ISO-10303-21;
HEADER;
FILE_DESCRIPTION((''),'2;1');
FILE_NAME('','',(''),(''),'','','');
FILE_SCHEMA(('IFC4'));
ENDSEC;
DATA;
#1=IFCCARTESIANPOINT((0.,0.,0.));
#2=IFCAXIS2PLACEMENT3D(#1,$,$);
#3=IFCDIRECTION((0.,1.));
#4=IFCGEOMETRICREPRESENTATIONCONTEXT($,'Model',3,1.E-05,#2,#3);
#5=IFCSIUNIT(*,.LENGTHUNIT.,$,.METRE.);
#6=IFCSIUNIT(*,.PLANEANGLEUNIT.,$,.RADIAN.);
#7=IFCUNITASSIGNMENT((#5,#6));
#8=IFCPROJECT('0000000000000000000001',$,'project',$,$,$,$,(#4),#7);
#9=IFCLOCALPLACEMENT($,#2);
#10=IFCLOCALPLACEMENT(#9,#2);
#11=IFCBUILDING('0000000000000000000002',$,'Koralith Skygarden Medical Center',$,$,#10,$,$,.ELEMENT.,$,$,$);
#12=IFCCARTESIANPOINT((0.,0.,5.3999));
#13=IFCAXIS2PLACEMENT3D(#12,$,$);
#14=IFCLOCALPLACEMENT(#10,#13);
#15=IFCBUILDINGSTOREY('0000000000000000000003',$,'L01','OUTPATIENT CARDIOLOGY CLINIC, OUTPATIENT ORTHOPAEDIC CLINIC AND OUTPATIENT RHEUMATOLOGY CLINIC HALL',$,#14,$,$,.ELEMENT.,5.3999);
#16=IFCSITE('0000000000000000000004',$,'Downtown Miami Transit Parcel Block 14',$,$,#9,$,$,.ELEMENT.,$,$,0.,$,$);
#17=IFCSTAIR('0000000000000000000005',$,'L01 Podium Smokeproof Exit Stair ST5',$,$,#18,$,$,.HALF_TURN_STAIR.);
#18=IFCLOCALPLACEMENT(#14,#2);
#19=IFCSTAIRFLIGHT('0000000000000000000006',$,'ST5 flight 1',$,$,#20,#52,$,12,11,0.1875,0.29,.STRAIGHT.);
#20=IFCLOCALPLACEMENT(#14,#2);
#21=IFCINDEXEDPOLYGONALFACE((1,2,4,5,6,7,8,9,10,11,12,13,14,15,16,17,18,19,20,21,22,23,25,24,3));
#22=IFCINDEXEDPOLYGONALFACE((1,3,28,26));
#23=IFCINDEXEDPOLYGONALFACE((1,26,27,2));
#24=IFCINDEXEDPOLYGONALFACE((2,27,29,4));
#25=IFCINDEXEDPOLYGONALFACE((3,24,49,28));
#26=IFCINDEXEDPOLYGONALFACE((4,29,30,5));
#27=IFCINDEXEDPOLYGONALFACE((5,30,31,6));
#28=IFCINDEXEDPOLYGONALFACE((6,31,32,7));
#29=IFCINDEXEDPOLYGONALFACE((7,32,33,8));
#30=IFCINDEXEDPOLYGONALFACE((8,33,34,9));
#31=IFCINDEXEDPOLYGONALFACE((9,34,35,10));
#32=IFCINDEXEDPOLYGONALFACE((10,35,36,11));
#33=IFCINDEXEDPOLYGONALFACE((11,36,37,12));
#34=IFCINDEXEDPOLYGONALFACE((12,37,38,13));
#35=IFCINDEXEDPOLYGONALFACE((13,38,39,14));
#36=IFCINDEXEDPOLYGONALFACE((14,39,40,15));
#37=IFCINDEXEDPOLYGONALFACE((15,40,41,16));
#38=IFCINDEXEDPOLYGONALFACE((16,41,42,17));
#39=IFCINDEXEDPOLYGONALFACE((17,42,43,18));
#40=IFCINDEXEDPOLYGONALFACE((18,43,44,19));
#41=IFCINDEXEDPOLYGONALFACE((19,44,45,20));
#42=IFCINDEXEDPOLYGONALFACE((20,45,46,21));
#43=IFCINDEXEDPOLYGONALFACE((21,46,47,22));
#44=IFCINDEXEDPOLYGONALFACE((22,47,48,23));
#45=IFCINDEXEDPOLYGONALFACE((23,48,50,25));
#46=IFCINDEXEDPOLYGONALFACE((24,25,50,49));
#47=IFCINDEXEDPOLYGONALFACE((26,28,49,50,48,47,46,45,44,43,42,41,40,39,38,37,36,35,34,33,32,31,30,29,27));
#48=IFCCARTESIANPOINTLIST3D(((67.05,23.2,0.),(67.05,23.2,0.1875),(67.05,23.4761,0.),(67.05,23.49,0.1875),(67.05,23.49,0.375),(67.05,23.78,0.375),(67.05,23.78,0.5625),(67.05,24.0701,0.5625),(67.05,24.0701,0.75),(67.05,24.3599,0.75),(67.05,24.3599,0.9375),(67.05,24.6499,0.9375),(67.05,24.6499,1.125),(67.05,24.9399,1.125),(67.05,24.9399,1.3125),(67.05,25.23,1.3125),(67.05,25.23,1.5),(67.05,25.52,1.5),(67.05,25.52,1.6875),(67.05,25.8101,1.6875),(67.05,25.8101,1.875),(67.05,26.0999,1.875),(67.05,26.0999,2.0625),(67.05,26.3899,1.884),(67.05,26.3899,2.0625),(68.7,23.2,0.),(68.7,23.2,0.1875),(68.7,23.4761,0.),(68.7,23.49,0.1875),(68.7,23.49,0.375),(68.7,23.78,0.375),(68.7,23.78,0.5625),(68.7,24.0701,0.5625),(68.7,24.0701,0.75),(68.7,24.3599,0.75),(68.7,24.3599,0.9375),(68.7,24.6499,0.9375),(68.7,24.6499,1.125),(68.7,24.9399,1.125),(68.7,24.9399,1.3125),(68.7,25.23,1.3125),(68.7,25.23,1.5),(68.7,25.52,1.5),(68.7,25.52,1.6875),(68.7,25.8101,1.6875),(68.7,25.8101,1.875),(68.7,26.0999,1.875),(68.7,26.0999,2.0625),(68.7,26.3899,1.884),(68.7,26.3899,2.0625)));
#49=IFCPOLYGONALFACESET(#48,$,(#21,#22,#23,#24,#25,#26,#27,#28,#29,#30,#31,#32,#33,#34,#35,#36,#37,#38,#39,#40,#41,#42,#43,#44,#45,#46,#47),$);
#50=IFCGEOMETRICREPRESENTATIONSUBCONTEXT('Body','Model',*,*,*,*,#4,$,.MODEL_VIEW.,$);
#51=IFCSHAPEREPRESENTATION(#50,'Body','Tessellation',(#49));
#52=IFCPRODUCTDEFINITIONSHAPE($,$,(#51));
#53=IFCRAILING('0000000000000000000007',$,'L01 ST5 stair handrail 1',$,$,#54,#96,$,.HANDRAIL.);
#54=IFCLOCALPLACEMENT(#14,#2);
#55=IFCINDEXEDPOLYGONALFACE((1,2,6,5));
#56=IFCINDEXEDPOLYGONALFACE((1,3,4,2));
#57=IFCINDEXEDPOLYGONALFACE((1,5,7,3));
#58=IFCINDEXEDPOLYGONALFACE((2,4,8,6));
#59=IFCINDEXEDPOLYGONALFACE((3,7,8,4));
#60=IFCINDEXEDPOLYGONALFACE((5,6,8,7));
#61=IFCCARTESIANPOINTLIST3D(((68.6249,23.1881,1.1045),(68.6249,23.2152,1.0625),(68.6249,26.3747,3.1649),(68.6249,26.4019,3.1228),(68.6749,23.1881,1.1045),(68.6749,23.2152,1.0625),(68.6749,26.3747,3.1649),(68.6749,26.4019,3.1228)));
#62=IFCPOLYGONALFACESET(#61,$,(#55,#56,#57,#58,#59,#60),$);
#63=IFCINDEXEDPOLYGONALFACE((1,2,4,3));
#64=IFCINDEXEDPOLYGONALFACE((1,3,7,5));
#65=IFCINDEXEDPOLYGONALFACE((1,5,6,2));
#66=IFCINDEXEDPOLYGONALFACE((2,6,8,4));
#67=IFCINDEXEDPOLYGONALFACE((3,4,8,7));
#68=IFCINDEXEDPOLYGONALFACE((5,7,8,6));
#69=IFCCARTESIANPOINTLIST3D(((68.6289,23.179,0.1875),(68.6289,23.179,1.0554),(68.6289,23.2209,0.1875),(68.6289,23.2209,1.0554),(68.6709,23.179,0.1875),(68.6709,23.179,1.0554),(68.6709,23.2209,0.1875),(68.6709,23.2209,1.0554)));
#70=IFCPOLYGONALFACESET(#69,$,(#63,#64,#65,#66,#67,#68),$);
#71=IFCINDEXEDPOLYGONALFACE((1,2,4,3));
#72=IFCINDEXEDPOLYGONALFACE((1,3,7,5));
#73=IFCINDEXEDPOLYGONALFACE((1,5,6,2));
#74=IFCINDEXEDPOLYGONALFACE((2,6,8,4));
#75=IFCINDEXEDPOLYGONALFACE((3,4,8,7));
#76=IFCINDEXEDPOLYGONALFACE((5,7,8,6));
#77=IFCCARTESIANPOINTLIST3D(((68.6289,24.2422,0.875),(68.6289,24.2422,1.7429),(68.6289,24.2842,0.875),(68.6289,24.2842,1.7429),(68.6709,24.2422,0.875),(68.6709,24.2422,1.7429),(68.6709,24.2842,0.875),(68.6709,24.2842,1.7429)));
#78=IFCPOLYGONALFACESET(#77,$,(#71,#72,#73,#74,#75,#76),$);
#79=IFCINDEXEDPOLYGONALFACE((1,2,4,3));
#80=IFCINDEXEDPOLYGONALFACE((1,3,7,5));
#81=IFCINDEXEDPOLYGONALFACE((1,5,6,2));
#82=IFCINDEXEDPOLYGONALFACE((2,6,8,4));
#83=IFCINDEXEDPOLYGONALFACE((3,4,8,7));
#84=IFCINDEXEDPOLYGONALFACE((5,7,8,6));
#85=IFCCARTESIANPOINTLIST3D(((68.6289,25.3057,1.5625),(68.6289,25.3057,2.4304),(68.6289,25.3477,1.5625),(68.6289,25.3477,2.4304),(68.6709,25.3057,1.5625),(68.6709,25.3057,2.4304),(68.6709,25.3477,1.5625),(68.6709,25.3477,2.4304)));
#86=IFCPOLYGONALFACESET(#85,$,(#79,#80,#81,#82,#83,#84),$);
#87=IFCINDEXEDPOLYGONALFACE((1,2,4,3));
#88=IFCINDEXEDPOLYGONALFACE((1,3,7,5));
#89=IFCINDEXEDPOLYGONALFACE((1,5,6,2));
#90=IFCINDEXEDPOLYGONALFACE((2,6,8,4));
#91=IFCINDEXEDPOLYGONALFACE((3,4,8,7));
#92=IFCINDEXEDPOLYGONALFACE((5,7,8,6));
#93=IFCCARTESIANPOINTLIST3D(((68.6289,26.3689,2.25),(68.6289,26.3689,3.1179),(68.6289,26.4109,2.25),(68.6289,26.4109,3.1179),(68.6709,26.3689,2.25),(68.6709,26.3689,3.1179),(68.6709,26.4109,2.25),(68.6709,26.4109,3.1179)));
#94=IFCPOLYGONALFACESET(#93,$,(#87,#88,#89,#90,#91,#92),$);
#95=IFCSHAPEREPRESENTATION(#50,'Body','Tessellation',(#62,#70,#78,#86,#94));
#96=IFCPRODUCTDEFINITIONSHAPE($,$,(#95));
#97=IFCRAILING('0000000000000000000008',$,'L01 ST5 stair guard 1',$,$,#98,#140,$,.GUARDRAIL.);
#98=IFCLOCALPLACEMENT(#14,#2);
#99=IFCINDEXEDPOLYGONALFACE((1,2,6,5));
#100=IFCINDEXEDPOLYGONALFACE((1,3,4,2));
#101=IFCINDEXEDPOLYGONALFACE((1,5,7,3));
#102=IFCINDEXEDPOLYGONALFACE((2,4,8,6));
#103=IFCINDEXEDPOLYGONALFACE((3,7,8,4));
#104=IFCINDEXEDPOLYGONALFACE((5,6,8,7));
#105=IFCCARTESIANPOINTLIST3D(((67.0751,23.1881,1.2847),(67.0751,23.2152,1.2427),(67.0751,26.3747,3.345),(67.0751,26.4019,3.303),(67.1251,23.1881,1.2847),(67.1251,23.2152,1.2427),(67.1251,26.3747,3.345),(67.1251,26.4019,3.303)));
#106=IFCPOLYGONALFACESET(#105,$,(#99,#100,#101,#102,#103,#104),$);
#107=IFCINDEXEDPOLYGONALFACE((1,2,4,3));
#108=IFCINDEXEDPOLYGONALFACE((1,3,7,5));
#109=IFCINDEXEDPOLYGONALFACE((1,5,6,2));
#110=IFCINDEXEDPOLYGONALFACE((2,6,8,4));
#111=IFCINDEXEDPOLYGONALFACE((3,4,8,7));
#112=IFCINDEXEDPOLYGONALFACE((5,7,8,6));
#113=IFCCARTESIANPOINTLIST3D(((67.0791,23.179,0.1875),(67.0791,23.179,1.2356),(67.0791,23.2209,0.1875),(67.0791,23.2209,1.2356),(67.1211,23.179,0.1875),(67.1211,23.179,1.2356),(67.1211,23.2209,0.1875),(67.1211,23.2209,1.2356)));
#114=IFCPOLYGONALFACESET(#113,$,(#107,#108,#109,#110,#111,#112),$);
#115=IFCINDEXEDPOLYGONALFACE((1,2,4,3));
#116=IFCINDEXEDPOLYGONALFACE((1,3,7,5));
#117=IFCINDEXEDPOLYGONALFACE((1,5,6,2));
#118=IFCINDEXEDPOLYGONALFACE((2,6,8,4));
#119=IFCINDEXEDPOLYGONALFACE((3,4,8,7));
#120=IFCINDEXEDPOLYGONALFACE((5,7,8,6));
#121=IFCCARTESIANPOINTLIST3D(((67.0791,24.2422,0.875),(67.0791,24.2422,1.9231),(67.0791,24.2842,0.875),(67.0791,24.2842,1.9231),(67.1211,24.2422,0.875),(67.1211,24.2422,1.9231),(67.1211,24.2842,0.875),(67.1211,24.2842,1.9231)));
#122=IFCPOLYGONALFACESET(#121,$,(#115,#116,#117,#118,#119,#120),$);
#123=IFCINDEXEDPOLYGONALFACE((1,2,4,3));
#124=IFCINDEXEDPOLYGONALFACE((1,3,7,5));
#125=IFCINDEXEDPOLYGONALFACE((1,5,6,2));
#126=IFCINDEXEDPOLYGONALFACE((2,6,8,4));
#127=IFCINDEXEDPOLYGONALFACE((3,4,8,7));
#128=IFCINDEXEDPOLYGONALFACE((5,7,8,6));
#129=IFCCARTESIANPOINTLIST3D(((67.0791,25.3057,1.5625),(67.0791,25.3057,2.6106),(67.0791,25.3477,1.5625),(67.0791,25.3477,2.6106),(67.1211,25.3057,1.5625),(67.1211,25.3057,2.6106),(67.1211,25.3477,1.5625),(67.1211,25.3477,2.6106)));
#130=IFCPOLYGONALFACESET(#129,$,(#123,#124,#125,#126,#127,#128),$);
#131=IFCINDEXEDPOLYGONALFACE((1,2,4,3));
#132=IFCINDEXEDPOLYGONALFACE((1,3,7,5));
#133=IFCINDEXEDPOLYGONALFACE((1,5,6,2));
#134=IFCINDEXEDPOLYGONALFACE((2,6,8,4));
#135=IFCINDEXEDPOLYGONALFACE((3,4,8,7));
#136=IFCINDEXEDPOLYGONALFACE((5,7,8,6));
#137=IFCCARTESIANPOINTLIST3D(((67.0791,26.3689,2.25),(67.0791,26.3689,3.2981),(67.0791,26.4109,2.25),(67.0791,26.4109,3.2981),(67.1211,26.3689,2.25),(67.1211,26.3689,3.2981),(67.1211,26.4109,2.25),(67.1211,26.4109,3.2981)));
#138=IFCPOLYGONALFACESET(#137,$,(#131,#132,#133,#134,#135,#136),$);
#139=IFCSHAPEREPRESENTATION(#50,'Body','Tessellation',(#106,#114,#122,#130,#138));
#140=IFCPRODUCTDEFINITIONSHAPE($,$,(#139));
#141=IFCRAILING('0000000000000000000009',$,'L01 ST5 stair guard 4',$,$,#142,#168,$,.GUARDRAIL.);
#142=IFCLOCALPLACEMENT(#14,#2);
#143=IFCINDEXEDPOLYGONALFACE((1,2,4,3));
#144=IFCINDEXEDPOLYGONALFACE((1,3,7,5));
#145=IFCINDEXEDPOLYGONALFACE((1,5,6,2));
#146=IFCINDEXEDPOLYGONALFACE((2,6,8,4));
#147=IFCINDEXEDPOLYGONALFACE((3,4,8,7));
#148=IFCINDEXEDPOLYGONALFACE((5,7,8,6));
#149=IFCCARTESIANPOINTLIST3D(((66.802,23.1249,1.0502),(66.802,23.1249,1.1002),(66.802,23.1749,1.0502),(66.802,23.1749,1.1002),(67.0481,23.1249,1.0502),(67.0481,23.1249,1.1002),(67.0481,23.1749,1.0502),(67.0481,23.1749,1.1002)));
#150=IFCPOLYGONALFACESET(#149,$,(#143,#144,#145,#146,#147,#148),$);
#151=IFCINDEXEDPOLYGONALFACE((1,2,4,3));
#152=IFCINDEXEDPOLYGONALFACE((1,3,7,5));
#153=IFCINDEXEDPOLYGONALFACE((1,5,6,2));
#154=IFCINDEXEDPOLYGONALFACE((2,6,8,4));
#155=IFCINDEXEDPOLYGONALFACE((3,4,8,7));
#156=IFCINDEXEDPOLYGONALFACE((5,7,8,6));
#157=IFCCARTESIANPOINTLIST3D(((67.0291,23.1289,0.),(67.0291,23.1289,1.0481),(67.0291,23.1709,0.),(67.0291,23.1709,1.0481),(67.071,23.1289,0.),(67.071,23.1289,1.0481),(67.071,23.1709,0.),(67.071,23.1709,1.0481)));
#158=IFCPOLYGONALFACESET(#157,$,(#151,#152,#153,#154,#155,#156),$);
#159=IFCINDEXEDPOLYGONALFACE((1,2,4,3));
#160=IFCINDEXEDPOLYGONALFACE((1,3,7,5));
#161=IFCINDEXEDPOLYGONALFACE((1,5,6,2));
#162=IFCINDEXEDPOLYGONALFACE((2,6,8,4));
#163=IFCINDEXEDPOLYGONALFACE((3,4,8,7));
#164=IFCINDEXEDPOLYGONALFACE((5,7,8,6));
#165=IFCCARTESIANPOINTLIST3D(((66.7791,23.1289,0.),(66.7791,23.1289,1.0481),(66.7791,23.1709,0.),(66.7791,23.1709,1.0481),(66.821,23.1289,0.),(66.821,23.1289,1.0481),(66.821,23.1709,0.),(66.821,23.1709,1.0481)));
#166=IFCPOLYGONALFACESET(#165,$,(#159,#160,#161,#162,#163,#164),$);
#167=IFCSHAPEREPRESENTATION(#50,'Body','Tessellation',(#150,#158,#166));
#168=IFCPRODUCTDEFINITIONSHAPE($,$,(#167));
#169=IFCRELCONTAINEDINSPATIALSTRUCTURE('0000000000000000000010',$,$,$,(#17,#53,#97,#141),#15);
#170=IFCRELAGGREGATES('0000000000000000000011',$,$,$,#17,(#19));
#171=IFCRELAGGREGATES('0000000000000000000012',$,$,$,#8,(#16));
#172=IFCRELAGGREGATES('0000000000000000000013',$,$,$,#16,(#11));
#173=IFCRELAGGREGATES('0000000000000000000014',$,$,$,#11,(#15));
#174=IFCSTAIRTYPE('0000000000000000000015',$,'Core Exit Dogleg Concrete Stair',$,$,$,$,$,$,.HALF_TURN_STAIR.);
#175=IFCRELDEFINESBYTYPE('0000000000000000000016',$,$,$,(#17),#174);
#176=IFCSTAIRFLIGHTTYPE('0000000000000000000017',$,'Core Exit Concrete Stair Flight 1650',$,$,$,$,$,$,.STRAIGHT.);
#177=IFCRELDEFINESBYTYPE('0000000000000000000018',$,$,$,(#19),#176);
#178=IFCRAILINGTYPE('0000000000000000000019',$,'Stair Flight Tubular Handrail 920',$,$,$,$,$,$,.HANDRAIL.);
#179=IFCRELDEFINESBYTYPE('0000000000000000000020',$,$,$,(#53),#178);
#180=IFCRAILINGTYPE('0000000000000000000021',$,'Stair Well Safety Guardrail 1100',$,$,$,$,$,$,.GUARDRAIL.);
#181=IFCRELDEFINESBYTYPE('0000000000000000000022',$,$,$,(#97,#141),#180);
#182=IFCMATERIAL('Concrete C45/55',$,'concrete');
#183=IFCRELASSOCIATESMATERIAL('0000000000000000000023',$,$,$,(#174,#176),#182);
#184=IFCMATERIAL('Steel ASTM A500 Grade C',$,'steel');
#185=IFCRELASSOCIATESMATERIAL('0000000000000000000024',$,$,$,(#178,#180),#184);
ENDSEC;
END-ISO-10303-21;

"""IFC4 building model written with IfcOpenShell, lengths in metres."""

from ifc_helpers import new_model, si_unit, direction, frame, origin, origin_2d, place, context, subcontext, project, spatial, polyline, rectangle, outline, extrude, material, type_object, element, aggregate, save


model = new_model("IFC4")

# Units and contexts
model_context = context("Model", 3, precision=1e-05, world=origin(), true_north=direction((0.0, 1.0)))
body_context = subcontext(model_context, "Body", "Model", "MODEL_VIEW")
ifc_project = project(units=[si_unit("LENGTHUNIT", "METRE"), si_unit("PLANEANGLEUNIT", "RADIAN")], contexts=[model_context])

# Site, building, storey
site_placement = place(None, origin())
site = spatial("IfcSite", under=ifc_project, at=site_placement, Name="Downtown Miami Transit Parcel Block 14", CompositionType="ELEMENT", RefElevation=0.0)
building_placement = place(site_placement, origin())
building = spatial("IfcBuilding", under=site, at=building_placement, Name="Koralith Skygarden Medical Center", CompositionType="ELEMENT")
storey_placement = place(building_placement, frame((0.0, 0.0, 5.3999)))
storey = spatial("IfcBuildingStorey", under=building, at=storey_placement, Name="L01", Description="OUTPATIENT CARDIOLOGY CLINIC, OUTPATIENT ORTHOPAEDIC CLINIC AND OUTPATIENT RHEUMATOLOGY CLINIC HALL", CompositionType="ELEMENT", Elevation=5.3999)

# Shared definitions
ifc_material_1 = material(Name="Concrete C45/55", Category="concrete")
ifc_material_2 = material(Name="Steel ASTM A500 Grade C", Category="steel")

# Stair, stair flight
stair_type = type_object("IfcStairType", Name="Core Exit Dogleg Concrete Stair", PredefinedType="HALF_TURN_STAIR", material=ifc_material_1)
stair_placement = place(storey_placement, origin())
stair = element("IfcStair", 1, at=stair_placement, inside=storey, type_object=stair_type, Name="L01 Podium Smokeproof Exit Stair ST5", PredefinedType="HALF_TURN_STAIR")
stair_flight_type = type_object("IfcStairFlightType", Name="Core Exit Concrete Stair Flight 1650", PredefinedType="STRAIGHT", material=ifc_material_1)
stair_flight_placement = place(storey_placement, frame((67.875, 23.2, 0.0), z_axis=(0.0, 0.0, 1.0), x_axis=(0.0, 1.0, 0.0)))
stair_flight = element("IfcStairFlight", 2, at=stair_flight_placement, type_object=stair_flight_type, Name="ST5 flight 1", NumberOfRisers=12, NumberOfTreads=11, PredefinedType="STRAIGHT", RiserHeight=0.1875, TreadLength=0.29, context=body_context, shape_type="SweptSolid", body=[
    extrude(outline(polyline([(0.0, 0.0), (0.0, 0.1875), (0.29, 0.1875), (0.29, 0.375), (0.5801, 0.375), (0.5801, 0.5625), (0.8701, 0.5625), (0.8701, 0.75), (1.1599, 0.75), (1.1599, 0.9375), (1.45, 0.9375), (1.45, 1.125), (1.74, 1.125), (1.74, 1.3125), (2.03, 1.3125), (2.03, 1.5), (2.3201, 1.5), (2.3201, 1.6875), (2.6101, 1.6875), (2.6101, 1.875), (2.8999, 1.875), (2.8999, 2.0625), (3.1899, 2.0625), (3.1899, 2.25), (3.1899, 1.884), (0.2761, 0.0), (0.0, 0.0)])), frame((0.0, 0.825, 0.0), z_axis=(0.0, -1.0, 0.0), x_axis=(1.0, 0.0, 0.0)), (0.0, 0.0, 1.0), 1.6499),
])
aggregate(stair, [stair_flight])

# Railings
railing_type_1 = type_object("IfcRailingType", Name="Stair Flight Tubular Handrail 920", PredefinedType="HANDRAIL", material=ifc_material_2)
railing_1_placement = place(storey_placement, frame((68.6499, 23.2, 0.1875)))
element("IfcRailing", 3, at=railing_1_placement, inside=storey, type_object=railing_type_1, Name="L01 ST5 stair handrail 1", PredefinedType="HANDRAIL", context=body_context, shape_type="SweptSolid", body=[
    extrude(rectangle(XDim=0.05, YDim=0.05, at=origin_2d()), frame((0.0, 0.0017, 0.896), z_axis=(0.0, 0.83976, 0.542958), x_axis=(-1.0, 0.0, 0.0)), (0.0, 0.0, 1.0), 3.7947),
    extrude(rectangle(XDim=0.042, YDim=0.042, at=origin_2d()), origin(), (0.0, 0.0, 1.0), 0.8679),
    extrude(rectangle(XDim=0.042, YDim=0.042, at=origin_2d()), frame((0.0, 1.0632, 0.6875)), (0.0, 0.0, 1.0), 0.8679),
    extrude(rectangle(XDim=0.042, YDim=0.042, at=origin_2d()), frame((0.0, 2.1267, 1.375)), (0.0, 0.0, 1.0), 0.8679),
    extrude(rectangle(XDim=0.042, YDim=0.042, at=origin_2d()), frame((0.0, 3.1899, 2.0625)), (0.0, 0.0, 1.0), 0.8679),
])
railing_type_2 = type_object("IfcRailingType", Name="Stair Well Safety Guardrail 1100", PredefinedType="GUARDRAIL", material=ifc_material_2)
railing_2_placement = place(storey_placement, frame((67.1001, 23.2, 0.1875)))
element("IfcRailing", 4, at=railing_2_placement, inside=storey, type_object=railing_type_2, Name="L01 ST5 stair guard 1", PredefinedType="GUARDRAIL", context=body_context, shape_type="SweptSolid", body=[
    extrude(rectangle(XDim=0.05, YDim=0.05, at=origin_2d()), frame((0.0, 0.0017, 1.0762), z_axis=(0.0, 0.83976, 0.542958), x_axis=(-1.0, 0.0, 0.0)), (0.0, 0.0, 1.0), 3.7947),
    extrude(rectangle(XDim=0.042, YDim=0.042, at=origin_2d()), origin(), (0.0, 0.0, 1.0), 1.0481),
    extrude(rectangle(XDim=0.042, YDim=0.042, at=origin_2d()), frame((0.0, 1.0632, 0.6875)), (0.0, 0.0, 1.0), 1.0481),
    extrude(rectangle(XDim=0.042, YDim=0.042, at=origin_2d()), frame((0.0, 2.1267, 1.375)), (0.0, 0.0, 1.0), 1.0481),
    extrude(rectangle(XDim=0.042, YDim=0.042, at=origin_2d()), frame((0.0, 3.1899, 2.0625)), (0.0, 0.0, 1.0), 1.0481),
])
railing_3_placement = place(storey_placement, frame((67.05, 23.1499, 0.0)))
element("IfcRailing", 5, at=railing_3_placement, inside=storey, type_object=railing_type_2, Name="L01 ST5 stair guard 4", PredefinedType="GUARDRAIL", context=body_context, shape_type="SweptSolid", body=[
    extrude(rectangle(XDim=0.05, YDim=0.05, at=origin_2d()), frame((-0.002, 0.0, 1.0752), z_axis=(-1.0, 0.0, 0.0), x_axis=(0.0, -1.0, 0.0)), (0.0, 0.0, 1.0), 0.2461),
    extrude(rectangle(XDim=0.042, YDim=0.042, at=origin_2d()), origin(), (0.0, 0.0, 1.0), 1.0481),
    extrude(rectangle(XDim=0.042, YDim=0.042, at=origin_2d()), frame((-0.25, 0.0, 0.0)), (0.0, 0.0, 1.0), 1.0481),
])

save(model, "model.ifc")
